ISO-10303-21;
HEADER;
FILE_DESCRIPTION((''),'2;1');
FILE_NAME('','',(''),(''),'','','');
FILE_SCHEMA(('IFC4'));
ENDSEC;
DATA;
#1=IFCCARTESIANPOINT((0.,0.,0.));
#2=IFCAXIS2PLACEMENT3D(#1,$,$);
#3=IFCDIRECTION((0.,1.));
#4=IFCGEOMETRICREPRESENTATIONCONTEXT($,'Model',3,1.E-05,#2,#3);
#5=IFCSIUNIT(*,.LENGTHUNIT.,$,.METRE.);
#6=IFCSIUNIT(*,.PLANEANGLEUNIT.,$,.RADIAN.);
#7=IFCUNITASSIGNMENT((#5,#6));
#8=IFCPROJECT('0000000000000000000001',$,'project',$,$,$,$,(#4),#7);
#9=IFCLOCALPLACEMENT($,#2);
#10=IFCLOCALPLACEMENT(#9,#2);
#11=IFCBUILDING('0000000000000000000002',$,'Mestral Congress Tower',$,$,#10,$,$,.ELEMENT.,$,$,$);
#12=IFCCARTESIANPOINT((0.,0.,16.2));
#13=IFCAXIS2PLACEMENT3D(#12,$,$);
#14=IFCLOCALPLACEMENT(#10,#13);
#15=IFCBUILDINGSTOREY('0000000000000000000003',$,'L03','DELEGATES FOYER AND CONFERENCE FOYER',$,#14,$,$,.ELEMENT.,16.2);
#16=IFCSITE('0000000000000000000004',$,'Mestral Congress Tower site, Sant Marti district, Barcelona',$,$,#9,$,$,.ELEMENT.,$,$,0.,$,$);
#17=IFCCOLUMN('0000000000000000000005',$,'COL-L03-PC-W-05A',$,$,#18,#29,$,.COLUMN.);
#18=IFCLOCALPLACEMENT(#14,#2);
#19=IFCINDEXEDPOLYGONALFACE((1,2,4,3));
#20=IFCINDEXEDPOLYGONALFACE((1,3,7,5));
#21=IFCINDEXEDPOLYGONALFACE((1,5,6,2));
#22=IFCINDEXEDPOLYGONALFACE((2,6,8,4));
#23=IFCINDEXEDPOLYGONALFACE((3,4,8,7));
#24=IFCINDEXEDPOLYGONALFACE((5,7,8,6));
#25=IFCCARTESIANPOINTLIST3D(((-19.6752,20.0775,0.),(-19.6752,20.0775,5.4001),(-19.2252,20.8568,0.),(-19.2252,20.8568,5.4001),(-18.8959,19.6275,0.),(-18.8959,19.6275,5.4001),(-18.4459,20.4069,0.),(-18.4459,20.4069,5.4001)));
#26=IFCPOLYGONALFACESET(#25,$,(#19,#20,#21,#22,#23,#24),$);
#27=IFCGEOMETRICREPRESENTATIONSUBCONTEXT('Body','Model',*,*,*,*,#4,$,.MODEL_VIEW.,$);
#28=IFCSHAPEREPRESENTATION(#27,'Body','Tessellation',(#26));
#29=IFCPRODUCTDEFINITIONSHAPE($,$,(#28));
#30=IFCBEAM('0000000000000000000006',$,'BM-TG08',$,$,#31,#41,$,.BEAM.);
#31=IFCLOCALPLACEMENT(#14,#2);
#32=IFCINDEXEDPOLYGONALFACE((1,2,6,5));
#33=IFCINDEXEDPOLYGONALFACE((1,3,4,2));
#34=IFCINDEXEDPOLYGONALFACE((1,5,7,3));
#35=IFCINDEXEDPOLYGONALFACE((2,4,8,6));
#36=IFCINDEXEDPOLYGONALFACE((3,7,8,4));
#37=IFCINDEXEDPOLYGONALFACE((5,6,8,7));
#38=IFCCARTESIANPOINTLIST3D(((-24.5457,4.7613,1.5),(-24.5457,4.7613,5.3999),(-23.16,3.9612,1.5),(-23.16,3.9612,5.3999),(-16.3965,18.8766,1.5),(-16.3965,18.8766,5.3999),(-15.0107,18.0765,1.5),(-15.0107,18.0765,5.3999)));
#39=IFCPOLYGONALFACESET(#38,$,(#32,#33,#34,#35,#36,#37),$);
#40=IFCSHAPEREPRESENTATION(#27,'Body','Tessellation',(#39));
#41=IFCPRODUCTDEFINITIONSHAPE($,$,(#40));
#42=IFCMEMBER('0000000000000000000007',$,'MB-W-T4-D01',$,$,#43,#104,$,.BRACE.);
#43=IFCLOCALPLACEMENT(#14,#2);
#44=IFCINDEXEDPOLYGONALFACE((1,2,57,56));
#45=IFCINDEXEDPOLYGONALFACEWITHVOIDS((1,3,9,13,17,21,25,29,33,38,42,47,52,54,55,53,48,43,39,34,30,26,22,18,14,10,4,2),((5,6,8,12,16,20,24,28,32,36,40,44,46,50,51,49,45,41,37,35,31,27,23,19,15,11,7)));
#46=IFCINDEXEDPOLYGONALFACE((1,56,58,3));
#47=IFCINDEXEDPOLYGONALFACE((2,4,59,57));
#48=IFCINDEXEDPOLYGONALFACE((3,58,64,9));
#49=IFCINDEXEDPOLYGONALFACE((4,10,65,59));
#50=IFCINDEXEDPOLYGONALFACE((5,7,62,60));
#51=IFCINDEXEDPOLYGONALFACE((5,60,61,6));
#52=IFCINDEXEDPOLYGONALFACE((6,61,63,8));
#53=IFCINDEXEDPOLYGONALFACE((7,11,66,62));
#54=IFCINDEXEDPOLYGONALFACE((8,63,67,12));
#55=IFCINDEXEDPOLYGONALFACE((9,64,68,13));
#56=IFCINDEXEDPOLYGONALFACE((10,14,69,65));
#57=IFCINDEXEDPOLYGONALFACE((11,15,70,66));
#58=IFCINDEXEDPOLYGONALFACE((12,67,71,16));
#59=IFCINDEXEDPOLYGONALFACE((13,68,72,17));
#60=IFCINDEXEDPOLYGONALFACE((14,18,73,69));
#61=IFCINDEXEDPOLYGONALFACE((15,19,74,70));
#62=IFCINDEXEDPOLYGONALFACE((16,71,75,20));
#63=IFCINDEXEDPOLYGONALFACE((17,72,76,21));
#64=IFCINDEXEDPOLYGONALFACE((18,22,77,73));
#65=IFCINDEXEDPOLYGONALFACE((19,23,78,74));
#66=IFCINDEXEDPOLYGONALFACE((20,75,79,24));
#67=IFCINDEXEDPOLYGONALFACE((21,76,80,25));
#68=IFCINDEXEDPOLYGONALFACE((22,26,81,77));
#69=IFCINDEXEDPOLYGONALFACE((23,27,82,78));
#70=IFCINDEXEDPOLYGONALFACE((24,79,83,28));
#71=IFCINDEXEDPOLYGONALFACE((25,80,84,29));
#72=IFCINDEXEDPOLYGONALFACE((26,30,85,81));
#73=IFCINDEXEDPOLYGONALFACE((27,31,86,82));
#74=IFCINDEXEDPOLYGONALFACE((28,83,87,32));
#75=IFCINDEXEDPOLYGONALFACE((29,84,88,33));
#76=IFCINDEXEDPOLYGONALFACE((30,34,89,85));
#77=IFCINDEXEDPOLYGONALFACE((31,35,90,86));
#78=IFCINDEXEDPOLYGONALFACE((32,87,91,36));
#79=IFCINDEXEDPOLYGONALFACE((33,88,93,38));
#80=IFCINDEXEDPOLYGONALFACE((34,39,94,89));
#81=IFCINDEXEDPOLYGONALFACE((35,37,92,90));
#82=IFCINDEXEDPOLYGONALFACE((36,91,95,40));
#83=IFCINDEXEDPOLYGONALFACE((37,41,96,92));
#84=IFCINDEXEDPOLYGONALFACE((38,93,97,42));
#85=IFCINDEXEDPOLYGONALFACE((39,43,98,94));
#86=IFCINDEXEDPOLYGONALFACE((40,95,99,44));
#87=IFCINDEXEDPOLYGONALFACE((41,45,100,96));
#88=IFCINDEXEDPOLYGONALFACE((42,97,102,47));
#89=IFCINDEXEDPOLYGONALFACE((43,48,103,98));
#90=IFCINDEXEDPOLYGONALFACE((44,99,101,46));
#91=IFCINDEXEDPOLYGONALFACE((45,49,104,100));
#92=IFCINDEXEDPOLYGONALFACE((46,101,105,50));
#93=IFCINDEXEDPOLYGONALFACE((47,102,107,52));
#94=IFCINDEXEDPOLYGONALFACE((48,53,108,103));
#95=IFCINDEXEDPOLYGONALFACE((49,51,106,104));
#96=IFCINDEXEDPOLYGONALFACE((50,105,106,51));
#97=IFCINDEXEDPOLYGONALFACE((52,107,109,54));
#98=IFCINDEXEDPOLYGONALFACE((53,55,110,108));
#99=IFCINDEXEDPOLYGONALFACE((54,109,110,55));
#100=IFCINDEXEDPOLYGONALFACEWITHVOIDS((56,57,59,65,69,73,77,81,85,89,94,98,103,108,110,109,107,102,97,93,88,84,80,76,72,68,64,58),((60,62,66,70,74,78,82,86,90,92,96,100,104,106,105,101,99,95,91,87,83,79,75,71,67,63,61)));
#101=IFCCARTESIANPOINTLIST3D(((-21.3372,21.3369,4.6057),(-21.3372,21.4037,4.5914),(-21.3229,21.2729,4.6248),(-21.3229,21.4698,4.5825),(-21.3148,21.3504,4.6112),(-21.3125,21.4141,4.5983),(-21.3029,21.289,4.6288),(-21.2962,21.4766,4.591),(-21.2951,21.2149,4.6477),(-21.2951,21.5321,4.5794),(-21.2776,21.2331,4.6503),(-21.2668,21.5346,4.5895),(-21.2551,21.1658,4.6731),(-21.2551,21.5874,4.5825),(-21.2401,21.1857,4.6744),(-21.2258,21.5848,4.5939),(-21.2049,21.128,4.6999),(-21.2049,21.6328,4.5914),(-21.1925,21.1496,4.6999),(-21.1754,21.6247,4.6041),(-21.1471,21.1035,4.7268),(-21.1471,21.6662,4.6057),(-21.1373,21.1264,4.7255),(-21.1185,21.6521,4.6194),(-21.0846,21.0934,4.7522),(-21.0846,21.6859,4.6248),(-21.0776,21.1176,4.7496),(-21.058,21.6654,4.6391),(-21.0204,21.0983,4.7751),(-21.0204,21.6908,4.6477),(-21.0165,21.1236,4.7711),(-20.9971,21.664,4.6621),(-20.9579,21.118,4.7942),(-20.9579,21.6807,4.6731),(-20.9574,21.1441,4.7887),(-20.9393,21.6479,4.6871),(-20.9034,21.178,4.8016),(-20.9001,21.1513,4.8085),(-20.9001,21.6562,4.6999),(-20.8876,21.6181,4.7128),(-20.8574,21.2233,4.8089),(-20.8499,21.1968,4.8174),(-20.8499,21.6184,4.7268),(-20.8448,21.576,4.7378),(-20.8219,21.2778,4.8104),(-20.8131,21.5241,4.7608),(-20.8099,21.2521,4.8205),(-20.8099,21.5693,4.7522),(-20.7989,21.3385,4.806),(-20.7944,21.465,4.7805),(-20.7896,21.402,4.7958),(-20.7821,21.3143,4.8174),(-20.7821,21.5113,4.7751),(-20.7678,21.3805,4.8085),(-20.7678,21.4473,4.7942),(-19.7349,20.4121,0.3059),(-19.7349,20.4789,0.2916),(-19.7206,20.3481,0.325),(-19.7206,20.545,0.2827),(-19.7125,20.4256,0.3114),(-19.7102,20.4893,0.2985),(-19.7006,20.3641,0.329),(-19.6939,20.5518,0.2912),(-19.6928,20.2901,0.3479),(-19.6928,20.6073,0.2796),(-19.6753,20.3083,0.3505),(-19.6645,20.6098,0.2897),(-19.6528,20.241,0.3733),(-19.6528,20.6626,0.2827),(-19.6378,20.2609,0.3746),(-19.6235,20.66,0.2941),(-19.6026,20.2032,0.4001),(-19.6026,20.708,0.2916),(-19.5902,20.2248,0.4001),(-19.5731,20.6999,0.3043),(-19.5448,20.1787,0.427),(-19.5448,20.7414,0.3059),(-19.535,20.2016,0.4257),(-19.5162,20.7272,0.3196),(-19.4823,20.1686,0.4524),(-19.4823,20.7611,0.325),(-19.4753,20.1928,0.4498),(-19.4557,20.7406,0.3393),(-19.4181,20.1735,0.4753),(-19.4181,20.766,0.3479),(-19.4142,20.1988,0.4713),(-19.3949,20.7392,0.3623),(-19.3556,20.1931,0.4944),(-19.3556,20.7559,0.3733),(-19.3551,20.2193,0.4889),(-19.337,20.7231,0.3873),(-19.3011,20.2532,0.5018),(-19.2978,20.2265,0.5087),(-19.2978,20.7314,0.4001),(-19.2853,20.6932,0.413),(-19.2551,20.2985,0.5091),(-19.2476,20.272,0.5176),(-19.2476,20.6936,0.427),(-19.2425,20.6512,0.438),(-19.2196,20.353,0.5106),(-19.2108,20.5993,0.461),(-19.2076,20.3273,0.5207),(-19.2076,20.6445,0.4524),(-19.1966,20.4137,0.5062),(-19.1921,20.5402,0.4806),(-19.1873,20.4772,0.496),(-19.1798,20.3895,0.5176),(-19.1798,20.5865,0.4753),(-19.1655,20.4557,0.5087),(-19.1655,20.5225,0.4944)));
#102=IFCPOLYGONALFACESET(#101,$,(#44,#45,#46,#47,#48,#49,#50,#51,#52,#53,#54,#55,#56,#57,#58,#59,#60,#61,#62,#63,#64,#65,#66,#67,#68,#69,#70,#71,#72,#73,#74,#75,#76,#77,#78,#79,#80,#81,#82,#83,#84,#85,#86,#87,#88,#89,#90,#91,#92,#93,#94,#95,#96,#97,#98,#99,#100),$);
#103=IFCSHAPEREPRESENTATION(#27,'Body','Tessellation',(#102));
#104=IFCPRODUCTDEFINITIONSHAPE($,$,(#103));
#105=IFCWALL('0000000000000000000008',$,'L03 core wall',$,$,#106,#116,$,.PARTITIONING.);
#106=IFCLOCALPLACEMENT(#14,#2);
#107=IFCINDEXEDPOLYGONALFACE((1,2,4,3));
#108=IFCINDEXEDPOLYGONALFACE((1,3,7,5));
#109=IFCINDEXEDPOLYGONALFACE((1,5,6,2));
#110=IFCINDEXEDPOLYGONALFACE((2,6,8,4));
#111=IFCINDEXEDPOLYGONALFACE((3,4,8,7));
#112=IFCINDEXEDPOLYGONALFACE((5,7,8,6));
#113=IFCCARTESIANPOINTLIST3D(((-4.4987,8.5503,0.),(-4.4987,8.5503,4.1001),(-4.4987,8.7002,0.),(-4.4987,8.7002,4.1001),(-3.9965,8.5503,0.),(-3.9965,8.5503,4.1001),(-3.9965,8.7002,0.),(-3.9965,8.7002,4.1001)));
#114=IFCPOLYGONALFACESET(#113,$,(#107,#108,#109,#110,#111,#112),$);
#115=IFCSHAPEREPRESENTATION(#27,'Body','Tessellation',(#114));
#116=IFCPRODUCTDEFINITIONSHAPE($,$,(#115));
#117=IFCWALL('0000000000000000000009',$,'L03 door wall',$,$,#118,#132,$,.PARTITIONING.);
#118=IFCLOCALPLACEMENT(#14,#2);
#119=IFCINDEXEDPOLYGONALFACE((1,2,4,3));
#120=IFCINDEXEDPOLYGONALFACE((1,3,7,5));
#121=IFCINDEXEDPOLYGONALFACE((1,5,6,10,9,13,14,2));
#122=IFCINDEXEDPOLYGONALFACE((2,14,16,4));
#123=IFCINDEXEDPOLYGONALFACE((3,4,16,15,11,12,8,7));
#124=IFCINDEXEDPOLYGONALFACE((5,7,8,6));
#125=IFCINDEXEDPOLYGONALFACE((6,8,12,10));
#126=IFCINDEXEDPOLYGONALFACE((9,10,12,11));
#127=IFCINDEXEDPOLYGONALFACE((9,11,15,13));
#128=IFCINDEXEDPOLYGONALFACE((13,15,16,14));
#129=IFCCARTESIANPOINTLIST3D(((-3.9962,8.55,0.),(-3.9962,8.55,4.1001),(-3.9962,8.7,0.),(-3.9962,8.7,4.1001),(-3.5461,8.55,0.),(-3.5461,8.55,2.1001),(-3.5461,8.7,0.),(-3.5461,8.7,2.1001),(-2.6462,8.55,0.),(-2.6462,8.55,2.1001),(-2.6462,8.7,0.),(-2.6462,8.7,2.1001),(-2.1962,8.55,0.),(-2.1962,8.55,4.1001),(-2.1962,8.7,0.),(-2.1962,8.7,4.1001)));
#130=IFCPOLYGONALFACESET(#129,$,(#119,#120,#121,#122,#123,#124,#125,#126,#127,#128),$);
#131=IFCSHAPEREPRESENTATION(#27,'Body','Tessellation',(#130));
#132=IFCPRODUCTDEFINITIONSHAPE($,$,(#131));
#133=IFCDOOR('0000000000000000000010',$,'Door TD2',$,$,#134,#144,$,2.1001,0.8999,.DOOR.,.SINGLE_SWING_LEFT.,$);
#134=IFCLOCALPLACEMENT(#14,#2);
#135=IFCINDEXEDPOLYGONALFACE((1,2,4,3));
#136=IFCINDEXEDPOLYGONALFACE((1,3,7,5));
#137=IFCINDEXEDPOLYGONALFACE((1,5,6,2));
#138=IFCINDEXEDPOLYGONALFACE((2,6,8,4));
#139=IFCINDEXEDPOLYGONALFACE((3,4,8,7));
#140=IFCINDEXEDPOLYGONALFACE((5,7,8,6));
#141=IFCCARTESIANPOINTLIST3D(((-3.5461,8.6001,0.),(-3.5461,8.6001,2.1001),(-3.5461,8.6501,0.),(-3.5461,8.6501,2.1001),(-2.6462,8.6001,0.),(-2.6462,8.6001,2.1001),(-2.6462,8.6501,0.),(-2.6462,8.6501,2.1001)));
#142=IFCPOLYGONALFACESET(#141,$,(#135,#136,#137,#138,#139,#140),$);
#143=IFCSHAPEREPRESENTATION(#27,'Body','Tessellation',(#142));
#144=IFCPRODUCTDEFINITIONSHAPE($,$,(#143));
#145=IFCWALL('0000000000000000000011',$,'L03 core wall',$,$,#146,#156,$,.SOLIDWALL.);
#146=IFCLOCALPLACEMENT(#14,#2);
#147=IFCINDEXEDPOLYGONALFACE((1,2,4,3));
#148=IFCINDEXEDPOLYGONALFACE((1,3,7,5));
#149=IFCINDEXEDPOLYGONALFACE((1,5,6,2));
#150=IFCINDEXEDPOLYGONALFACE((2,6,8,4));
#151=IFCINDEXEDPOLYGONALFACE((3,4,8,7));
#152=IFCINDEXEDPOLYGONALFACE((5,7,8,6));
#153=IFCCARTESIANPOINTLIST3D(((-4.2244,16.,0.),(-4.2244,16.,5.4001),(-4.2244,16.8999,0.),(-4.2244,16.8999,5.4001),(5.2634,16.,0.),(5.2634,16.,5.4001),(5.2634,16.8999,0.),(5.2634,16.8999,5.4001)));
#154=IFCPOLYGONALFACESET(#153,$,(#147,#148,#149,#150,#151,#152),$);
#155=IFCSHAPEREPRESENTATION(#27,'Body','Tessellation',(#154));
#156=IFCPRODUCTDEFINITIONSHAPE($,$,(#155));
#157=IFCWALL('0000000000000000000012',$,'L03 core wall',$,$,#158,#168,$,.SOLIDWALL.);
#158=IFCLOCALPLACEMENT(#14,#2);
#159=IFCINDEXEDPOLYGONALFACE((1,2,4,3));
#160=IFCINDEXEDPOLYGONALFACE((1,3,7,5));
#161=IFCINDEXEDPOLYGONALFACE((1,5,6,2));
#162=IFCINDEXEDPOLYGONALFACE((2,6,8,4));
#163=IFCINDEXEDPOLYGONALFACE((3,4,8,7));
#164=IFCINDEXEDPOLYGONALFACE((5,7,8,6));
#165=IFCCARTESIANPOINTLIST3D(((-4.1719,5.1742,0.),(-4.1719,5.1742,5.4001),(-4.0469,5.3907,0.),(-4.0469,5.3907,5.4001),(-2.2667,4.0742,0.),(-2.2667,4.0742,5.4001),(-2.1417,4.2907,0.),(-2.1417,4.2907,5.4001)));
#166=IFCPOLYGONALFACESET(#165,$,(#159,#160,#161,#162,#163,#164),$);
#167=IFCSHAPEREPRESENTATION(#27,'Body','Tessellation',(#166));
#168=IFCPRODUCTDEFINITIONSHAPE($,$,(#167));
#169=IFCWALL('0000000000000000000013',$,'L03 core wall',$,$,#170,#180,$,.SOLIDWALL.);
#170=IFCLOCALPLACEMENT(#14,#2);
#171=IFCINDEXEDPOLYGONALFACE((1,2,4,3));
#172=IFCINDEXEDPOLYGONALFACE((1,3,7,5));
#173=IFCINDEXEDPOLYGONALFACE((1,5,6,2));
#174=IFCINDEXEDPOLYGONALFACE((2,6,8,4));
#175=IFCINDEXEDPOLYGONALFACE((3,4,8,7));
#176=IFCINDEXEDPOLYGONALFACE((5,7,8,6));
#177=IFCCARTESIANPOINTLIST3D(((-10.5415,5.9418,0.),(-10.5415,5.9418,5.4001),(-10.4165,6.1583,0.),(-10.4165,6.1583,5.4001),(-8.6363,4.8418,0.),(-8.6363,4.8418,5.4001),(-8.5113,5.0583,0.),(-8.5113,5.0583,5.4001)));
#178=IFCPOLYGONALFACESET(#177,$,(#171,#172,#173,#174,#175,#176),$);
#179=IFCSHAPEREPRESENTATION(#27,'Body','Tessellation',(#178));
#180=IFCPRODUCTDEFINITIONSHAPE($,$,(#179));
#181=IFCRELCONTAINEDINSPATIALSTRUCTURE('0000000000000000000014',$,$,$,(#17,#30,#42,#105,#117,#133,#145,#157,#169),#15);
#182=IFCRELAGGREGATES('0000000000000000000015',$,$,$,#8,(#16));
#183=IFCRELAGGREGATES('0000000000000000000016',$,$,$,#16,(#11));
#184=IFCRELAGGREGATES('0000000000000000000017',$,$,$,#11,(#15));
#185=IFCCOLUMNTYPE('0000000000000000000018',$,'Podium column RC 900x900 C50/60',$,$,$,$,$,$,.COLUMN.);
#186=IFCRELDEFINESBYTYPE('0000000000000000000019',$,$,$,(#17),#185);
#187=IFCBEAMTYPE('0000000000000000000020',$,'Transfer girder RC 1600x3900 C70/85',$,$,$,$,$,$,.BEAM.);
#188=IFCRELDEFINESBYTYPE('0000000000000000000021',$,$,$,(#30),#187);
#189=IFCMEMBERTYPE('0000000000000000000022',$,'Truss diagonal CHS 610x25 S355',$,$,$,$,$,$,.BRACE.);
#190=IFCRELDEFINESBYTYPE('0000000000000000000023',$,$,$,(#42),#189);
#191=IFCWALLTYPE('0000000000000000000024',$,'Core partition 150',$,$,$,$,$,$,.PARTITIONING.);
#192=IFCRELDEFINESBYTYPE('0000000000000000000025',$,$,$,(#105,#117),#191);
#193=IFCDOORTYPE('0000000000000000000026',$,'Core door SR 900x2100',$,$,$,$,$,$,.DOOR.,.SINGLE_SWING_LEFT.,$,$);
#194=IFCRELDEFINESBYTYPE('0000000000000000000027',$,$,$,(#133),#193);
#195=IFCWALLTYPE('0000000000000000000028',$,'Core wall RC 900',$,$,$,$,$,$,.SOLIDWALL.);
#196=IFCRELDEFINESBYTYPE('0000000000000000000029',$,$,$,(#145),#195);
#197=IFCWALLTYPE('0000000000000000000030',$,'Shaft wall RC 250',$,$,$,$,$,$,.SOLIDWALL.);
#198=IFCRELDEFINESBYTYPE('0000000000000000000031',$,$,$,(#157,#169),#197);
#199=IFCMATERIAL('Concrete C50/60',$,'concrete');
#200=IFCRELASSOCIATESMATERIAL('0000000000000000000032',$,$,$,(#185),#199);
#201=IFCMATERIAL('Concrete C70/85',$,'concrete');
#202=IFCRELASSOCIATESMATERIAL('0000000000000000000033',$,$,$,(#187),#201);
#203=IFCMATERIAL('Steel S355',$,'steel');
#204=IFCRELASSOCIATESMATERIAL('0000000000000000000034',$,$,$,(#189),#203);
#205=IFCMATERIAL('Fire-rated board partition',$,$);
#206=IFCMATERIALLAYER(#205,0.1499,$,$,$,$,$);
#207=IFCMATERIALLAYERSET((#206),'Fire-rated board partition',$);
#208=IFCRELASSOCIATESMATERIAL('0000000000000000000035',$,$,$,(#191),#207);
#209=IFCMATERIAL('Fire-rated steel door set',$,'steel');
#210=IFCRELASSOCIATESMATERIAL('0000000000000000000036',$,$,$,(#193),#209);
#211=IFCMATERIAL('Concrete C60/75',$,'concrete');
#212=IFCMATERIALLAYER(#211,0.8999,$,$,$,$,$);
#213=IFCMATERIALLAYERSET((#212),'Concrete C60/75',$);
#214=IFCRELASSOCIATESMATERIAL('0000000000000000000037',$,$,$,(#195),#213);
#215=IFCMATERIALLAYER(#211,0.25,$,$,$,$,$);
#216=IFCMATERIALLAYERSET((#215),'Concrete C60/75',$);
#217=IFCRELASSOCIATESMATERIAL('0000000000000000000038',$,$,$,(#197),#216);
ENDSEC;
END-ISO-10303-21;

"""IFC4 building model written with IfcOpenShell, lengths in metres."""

from ifc_helpers import new_model, si_unit, direction, frame, frame_2d, origin, origin_2d, place, context, subcontext, project, spatial, rectangle, hollow_circle, extrude, material, layer, layer_set, material_profile, profile_set, type_object, element, fill, save


model = new_model("IFC4")

# Units and contexts
model_context = context("Model", 3, precision=1e-05, world=origin(), true_north=direction((0.0, 1.0)))
body_context = subcontext(model_context, "Body", "Model", "MODEL_VIEW")
ifc_project = project(units=[si_unit("LENGTHUNIT", "METRE"), si_unit("PLANEANGLEUNIT", "RADIAN")], contexts=[model_context])

# Site, building, storey
site_placement = place(None, origin())
site = spatial("IfcSite", under=ifc_project, at=site_placement, Name="Mestral Congress Tower site, Sant Marti district, Barcelona", CompositionType="ELEMENT", RefElevation=0.0)
building_placement = place(site_placement, origin())
building = spatial("IfcBuilding", under=site, at=building_placement, Name="Mestral Congress Tower", CompositionType="ELEMENT")
storey_placement = place(building_placement, frame((0.0, 0.0, 16.2)))
storey = spatial("IfcBuildingStorey", under=building, at=storey_placement, Name="L03", Description="DELEGATES FOYER AND CONFERENCE FOYER", CompositionType="ELEMENT", Elevation=16.2)

# Column
ifc_material_1 = material(Name="Concrete C50/60", Category="concrete")
ifc_material_profile_1 = material_profile(ifc_material_1, rectangle(XDim=0.8999, YDim=0.8999, at=origin_2d()), Name="RC 900x900")
ifc_profile_set_1 = profile_set([ifc_material_profile_1], Name="Concrete C50/60")
column_type = type_object("IfcColumnType", Name="Podium column RC 900x900 C50/60", PredefinedType="COLUMN", material=ifc_profile_set_1)
column_placement = place(storey_placement, frame((-19.0605, 20.2422, 0.0), z_axis=(0.0, 0.0, 1.0), x_axis=(-0.5, -0.866025, 0.0)))
element("IfcColumn", 1, at=column_placement, inside=storey, type_object=column_type, Name="COL-L03-PC-W-05A", PredefinedType="COLUMN", context=body_context, shape_type="SweptSolid", body=[
    extrude(rectangle(XDim=0.8999, YDim=0.8999, at=origin_2d()), origin(), (0.0, 0.0, 1.0), 5.4001),
])

# Beam
ifc_material_2 = material(Name="Concrete C70/85", Category="concrete")
ifc_material_profile_2 = material_profile(ifc_material_2, rectangle(XDim=1.6001, YDim=3.8999, at=origin_2d()), Name="RC 1600x3900")
ifc_profile_set_2 = profile_set([ifc_material_profile_2], Name="Concrete C70/85")
beam_type = type_object("IfcBeamType", Name="Transfer girder RC 1600x3900 C70/85", PredefinedType="BEAM", material=ifc_profile_set_2)
beam_placement = place(storey_placement, frame((-15.7036, 18.4766, 3.45), z_axis=(-0.499988, -0.866032, 0.0), x_axis=(0.866032, -0.499988, 0.0)))
element("IfcBeam", 2, at=beam_placement, inside=storey, type_object=beam_type, Name="BM-TG08", PredefinedType="BEAM", context=body_context, shape_type="SweptSolid", body=[
    extrude(rectangle(XDim=1.6001, YDim=3.8999, at=origin_2d()), origin(), (0.0, 0.0, 1.0), 16.2988),
])

# Member
ifc_material_3 = material(Name="Steel S355", Category="steel")
ifc_material_profile_3 = material_profile(ifc_material_3, hollow_circle(Radius=0.3049, WallThickness=0.0249, at=origin_2d()), Name="CHS 610x25")
ifc_profile_set_3 = profile_set([ifc_material_profile_3], Name="Steel S355")
member_type = type_object("IfcMemberType", Name="Truss diagonal CHS 610x25 S355", PredefinedType="BRACE", material=ifc_profile_set_3)
member_placement = place(storey_placement, frame((-19.4502, 20.4673, 0.4001), z_axis=(-0.342304, 0.197569, 0.918583), x_axis=(-0.499886, -0.866091, 0.0)))
element("IfcMember", 3, at=member_placement, inside=storey, type_object=member_type, Name="MB-W-T4-D01", PredefinedType="BRACE", context=body_context, shape_type="SweptSolid", body=[
    extrude(hollow_circle(Radius=0.3049, WallThickness=0.0249, at=origin_2d()), origin(), (0.0, 0.0, 1.0), 4.6809),
])

# Wall
ifc_material_4 = material(Name="Fire-rated board partition")
ifc_layer_1 = layer(ifc_material_4, 0.1499)
ifc_layer_set_1 = layer_set([ifc_layer_1], Name="Fire-rated board partition")
wall_type_1 = type_object("IfcWallType", Name="Core partition 150", PredefinedType="PARTITIONING", material=ifc_layer_set_1)
wall_1_placement = place(storey_placement, frame((-3.9966, 8.6252, 0.0), z_axis=(0.0, 0.0, 1.0), x_axis=(-1.0, 0.0, 0.0)))
element("IfcWall", 4, at=wall_1_placement, inside=storey, type_object=wall_type_1, Name="L03 core wall", PredefinedType="PARTITIONING", context=body_context, shape_type="SweptSolid", body=[
    extrude(rectangle(XDim=0.5022, YDim=0.1499, at=frame_2d((0.251, 0.0))), origin(), (0.0, 0.0, 1.0), 4.1001),
])

# Wall, opening, door
wall_2_placement = place(storey_placement, frame((-2.1963, 8.625, 0.0), z_axis=(0.0, 0.0, 1.0), x_axis=(-1.0, 0.0, 0.0)))
wall_2 = element("IfcWall", 5, at=wall_2_placement, inside=storey, type_object=wall_type_1, Name="L03 door wall", PredefinedType="PARTITIONING", context=body_context, shape_type="SweptSolid", body=[
    extrude(rectangle(XDim=1.8, YDim=0.1499, at=frame_2d((0.8999, 0.0))), origin(), (0.0, 0.0, 1.0), 4.1001),
])
opening_1_placement = place(wall_2_placement, frame((0.45, 0.0, 0.0)))
opening_1 = element("IfcOpeningElement", 6, at=opening_1_placement, cuts=wall_2, PredefinedType="OPENING", context=body_context, shape_type="SweptSolid", body=[
    extrude(rectangle(XDim=0.8999, YDim=2.1001, at=frame_2d((0.45, 1.05))), frame((0.0, 0.085, 0.0), z_axis=(0.0, -1.0, 0.0), x_axis=(1.0, 0.0, 0.0)), (0.0, 0.0, 1.0), 0.1699),
])
ifc_material_5 = material(Name="Fire-rated steel door set", Category="steel")
door_type_1 = type_object("IfcDoorType", Name="Core door SR 900x2100", OperationType="SINGLE_SWING_LEFT", PredefinedType="DOOR", material=ifc_material_5)
door_1_placement = place(opening_1_placement, origin())
door_1 = element("IfcDoor", 7, at=door_1_placement, inside=storey, type_object=door_type_1, Name="Door TD2", OperationType="SINGLE_SWING_LEFT", OverallHeight=2.1001, OverallWidth=0.8999, PredefinedType="DOOR", context=body_context, shape_type="SweptSolid", body=[
    extrude(rectangle(XDim=0.8999, YDim=2.1001, at=frame_2d((0.45, 1.05))), frame((0.0, 0.0249, 0.0), z_axis=(0.0, -1.0, 0.0), x_axis=(1.0, 0.0, 0.0)), (0.0, 0.0, 1.0), 0.05),
])
fill(opening_1, door_1)

# Walls
ifc_material_6 = material(Name="Concrete C60/75", Category="concrete")
ifc_layer_2 = layer(ifc_material_6, 0.8999)
ifc_layer_set_2 = layer_set([ifc_layer_2], Name="Concrete C60/75")
wall_type_2 = type_object("IfcWallType", Name="Core wall RC 900", PredefinedType="SOLIDWALL", material=ifc_layer_set_2)
wall_3_placement = place(storey_placement, frame((-4.2244, 16.45, 0.0), z_axis=(0.0, 0.0, 1.0), x_axis=(1.0, 0.0, 0.0)))
element("IfcWall", 8, at=wall_3_placement, inside=storey, type_object=wall_type_2, Name="L03 core wall", PredefinedType="SOLIDWALL", context=body_context, shape_type="SweptSolid", body=[
    extrude(rectangle(XDim=9.4878, YDim=0.8999, at=frame_2d((4.7439, 0.0))), origin(), (0.0, 0.0, 1.0), 5.4001),
])
ifc_layer_3 = layer(ifc_material_6, 0.25)
ifc_layer_set_3 = layer_set([ifc_layer_3], Name="Concrete C60/75")
wall_type_3 = type_object("IfcWallType", Name="Shaft wall RC 250", PredefinedType="SOLIDWALL", material=ifc_layer_set_3)
for number, where, z_axis, x_axis, name in (
    (9, (-2.2041, 4.1824, 0.0), (0.0, 0.0, 1.0), (-0.866008, 0.50003, 0.0), "L03 core wall"),
    (10, (-8.5737, 4.95, 0.0), (0.0, 0.0, 1.0), (-0.866008, 0.50003, 0.0), "L03 core wall"),
):
    element("IfcWall", number, at=place(storey_placement, frame(where, z_axis=z_axis, x_axis=x_axis)), inside=storey, type_object=wall_type_3, Name=name, PredefinedType="SOLIDWALL", context=body_context, shape_type="SweptSolid", body=[
        extrude(rectangle(XDim=2.2, YDim=0.25, at=frame_2d((1.1001, 0.0))), origin(), (0.0, 0.0, 1.0), 5.4001),
    ])

save(model, "model.ifc")
